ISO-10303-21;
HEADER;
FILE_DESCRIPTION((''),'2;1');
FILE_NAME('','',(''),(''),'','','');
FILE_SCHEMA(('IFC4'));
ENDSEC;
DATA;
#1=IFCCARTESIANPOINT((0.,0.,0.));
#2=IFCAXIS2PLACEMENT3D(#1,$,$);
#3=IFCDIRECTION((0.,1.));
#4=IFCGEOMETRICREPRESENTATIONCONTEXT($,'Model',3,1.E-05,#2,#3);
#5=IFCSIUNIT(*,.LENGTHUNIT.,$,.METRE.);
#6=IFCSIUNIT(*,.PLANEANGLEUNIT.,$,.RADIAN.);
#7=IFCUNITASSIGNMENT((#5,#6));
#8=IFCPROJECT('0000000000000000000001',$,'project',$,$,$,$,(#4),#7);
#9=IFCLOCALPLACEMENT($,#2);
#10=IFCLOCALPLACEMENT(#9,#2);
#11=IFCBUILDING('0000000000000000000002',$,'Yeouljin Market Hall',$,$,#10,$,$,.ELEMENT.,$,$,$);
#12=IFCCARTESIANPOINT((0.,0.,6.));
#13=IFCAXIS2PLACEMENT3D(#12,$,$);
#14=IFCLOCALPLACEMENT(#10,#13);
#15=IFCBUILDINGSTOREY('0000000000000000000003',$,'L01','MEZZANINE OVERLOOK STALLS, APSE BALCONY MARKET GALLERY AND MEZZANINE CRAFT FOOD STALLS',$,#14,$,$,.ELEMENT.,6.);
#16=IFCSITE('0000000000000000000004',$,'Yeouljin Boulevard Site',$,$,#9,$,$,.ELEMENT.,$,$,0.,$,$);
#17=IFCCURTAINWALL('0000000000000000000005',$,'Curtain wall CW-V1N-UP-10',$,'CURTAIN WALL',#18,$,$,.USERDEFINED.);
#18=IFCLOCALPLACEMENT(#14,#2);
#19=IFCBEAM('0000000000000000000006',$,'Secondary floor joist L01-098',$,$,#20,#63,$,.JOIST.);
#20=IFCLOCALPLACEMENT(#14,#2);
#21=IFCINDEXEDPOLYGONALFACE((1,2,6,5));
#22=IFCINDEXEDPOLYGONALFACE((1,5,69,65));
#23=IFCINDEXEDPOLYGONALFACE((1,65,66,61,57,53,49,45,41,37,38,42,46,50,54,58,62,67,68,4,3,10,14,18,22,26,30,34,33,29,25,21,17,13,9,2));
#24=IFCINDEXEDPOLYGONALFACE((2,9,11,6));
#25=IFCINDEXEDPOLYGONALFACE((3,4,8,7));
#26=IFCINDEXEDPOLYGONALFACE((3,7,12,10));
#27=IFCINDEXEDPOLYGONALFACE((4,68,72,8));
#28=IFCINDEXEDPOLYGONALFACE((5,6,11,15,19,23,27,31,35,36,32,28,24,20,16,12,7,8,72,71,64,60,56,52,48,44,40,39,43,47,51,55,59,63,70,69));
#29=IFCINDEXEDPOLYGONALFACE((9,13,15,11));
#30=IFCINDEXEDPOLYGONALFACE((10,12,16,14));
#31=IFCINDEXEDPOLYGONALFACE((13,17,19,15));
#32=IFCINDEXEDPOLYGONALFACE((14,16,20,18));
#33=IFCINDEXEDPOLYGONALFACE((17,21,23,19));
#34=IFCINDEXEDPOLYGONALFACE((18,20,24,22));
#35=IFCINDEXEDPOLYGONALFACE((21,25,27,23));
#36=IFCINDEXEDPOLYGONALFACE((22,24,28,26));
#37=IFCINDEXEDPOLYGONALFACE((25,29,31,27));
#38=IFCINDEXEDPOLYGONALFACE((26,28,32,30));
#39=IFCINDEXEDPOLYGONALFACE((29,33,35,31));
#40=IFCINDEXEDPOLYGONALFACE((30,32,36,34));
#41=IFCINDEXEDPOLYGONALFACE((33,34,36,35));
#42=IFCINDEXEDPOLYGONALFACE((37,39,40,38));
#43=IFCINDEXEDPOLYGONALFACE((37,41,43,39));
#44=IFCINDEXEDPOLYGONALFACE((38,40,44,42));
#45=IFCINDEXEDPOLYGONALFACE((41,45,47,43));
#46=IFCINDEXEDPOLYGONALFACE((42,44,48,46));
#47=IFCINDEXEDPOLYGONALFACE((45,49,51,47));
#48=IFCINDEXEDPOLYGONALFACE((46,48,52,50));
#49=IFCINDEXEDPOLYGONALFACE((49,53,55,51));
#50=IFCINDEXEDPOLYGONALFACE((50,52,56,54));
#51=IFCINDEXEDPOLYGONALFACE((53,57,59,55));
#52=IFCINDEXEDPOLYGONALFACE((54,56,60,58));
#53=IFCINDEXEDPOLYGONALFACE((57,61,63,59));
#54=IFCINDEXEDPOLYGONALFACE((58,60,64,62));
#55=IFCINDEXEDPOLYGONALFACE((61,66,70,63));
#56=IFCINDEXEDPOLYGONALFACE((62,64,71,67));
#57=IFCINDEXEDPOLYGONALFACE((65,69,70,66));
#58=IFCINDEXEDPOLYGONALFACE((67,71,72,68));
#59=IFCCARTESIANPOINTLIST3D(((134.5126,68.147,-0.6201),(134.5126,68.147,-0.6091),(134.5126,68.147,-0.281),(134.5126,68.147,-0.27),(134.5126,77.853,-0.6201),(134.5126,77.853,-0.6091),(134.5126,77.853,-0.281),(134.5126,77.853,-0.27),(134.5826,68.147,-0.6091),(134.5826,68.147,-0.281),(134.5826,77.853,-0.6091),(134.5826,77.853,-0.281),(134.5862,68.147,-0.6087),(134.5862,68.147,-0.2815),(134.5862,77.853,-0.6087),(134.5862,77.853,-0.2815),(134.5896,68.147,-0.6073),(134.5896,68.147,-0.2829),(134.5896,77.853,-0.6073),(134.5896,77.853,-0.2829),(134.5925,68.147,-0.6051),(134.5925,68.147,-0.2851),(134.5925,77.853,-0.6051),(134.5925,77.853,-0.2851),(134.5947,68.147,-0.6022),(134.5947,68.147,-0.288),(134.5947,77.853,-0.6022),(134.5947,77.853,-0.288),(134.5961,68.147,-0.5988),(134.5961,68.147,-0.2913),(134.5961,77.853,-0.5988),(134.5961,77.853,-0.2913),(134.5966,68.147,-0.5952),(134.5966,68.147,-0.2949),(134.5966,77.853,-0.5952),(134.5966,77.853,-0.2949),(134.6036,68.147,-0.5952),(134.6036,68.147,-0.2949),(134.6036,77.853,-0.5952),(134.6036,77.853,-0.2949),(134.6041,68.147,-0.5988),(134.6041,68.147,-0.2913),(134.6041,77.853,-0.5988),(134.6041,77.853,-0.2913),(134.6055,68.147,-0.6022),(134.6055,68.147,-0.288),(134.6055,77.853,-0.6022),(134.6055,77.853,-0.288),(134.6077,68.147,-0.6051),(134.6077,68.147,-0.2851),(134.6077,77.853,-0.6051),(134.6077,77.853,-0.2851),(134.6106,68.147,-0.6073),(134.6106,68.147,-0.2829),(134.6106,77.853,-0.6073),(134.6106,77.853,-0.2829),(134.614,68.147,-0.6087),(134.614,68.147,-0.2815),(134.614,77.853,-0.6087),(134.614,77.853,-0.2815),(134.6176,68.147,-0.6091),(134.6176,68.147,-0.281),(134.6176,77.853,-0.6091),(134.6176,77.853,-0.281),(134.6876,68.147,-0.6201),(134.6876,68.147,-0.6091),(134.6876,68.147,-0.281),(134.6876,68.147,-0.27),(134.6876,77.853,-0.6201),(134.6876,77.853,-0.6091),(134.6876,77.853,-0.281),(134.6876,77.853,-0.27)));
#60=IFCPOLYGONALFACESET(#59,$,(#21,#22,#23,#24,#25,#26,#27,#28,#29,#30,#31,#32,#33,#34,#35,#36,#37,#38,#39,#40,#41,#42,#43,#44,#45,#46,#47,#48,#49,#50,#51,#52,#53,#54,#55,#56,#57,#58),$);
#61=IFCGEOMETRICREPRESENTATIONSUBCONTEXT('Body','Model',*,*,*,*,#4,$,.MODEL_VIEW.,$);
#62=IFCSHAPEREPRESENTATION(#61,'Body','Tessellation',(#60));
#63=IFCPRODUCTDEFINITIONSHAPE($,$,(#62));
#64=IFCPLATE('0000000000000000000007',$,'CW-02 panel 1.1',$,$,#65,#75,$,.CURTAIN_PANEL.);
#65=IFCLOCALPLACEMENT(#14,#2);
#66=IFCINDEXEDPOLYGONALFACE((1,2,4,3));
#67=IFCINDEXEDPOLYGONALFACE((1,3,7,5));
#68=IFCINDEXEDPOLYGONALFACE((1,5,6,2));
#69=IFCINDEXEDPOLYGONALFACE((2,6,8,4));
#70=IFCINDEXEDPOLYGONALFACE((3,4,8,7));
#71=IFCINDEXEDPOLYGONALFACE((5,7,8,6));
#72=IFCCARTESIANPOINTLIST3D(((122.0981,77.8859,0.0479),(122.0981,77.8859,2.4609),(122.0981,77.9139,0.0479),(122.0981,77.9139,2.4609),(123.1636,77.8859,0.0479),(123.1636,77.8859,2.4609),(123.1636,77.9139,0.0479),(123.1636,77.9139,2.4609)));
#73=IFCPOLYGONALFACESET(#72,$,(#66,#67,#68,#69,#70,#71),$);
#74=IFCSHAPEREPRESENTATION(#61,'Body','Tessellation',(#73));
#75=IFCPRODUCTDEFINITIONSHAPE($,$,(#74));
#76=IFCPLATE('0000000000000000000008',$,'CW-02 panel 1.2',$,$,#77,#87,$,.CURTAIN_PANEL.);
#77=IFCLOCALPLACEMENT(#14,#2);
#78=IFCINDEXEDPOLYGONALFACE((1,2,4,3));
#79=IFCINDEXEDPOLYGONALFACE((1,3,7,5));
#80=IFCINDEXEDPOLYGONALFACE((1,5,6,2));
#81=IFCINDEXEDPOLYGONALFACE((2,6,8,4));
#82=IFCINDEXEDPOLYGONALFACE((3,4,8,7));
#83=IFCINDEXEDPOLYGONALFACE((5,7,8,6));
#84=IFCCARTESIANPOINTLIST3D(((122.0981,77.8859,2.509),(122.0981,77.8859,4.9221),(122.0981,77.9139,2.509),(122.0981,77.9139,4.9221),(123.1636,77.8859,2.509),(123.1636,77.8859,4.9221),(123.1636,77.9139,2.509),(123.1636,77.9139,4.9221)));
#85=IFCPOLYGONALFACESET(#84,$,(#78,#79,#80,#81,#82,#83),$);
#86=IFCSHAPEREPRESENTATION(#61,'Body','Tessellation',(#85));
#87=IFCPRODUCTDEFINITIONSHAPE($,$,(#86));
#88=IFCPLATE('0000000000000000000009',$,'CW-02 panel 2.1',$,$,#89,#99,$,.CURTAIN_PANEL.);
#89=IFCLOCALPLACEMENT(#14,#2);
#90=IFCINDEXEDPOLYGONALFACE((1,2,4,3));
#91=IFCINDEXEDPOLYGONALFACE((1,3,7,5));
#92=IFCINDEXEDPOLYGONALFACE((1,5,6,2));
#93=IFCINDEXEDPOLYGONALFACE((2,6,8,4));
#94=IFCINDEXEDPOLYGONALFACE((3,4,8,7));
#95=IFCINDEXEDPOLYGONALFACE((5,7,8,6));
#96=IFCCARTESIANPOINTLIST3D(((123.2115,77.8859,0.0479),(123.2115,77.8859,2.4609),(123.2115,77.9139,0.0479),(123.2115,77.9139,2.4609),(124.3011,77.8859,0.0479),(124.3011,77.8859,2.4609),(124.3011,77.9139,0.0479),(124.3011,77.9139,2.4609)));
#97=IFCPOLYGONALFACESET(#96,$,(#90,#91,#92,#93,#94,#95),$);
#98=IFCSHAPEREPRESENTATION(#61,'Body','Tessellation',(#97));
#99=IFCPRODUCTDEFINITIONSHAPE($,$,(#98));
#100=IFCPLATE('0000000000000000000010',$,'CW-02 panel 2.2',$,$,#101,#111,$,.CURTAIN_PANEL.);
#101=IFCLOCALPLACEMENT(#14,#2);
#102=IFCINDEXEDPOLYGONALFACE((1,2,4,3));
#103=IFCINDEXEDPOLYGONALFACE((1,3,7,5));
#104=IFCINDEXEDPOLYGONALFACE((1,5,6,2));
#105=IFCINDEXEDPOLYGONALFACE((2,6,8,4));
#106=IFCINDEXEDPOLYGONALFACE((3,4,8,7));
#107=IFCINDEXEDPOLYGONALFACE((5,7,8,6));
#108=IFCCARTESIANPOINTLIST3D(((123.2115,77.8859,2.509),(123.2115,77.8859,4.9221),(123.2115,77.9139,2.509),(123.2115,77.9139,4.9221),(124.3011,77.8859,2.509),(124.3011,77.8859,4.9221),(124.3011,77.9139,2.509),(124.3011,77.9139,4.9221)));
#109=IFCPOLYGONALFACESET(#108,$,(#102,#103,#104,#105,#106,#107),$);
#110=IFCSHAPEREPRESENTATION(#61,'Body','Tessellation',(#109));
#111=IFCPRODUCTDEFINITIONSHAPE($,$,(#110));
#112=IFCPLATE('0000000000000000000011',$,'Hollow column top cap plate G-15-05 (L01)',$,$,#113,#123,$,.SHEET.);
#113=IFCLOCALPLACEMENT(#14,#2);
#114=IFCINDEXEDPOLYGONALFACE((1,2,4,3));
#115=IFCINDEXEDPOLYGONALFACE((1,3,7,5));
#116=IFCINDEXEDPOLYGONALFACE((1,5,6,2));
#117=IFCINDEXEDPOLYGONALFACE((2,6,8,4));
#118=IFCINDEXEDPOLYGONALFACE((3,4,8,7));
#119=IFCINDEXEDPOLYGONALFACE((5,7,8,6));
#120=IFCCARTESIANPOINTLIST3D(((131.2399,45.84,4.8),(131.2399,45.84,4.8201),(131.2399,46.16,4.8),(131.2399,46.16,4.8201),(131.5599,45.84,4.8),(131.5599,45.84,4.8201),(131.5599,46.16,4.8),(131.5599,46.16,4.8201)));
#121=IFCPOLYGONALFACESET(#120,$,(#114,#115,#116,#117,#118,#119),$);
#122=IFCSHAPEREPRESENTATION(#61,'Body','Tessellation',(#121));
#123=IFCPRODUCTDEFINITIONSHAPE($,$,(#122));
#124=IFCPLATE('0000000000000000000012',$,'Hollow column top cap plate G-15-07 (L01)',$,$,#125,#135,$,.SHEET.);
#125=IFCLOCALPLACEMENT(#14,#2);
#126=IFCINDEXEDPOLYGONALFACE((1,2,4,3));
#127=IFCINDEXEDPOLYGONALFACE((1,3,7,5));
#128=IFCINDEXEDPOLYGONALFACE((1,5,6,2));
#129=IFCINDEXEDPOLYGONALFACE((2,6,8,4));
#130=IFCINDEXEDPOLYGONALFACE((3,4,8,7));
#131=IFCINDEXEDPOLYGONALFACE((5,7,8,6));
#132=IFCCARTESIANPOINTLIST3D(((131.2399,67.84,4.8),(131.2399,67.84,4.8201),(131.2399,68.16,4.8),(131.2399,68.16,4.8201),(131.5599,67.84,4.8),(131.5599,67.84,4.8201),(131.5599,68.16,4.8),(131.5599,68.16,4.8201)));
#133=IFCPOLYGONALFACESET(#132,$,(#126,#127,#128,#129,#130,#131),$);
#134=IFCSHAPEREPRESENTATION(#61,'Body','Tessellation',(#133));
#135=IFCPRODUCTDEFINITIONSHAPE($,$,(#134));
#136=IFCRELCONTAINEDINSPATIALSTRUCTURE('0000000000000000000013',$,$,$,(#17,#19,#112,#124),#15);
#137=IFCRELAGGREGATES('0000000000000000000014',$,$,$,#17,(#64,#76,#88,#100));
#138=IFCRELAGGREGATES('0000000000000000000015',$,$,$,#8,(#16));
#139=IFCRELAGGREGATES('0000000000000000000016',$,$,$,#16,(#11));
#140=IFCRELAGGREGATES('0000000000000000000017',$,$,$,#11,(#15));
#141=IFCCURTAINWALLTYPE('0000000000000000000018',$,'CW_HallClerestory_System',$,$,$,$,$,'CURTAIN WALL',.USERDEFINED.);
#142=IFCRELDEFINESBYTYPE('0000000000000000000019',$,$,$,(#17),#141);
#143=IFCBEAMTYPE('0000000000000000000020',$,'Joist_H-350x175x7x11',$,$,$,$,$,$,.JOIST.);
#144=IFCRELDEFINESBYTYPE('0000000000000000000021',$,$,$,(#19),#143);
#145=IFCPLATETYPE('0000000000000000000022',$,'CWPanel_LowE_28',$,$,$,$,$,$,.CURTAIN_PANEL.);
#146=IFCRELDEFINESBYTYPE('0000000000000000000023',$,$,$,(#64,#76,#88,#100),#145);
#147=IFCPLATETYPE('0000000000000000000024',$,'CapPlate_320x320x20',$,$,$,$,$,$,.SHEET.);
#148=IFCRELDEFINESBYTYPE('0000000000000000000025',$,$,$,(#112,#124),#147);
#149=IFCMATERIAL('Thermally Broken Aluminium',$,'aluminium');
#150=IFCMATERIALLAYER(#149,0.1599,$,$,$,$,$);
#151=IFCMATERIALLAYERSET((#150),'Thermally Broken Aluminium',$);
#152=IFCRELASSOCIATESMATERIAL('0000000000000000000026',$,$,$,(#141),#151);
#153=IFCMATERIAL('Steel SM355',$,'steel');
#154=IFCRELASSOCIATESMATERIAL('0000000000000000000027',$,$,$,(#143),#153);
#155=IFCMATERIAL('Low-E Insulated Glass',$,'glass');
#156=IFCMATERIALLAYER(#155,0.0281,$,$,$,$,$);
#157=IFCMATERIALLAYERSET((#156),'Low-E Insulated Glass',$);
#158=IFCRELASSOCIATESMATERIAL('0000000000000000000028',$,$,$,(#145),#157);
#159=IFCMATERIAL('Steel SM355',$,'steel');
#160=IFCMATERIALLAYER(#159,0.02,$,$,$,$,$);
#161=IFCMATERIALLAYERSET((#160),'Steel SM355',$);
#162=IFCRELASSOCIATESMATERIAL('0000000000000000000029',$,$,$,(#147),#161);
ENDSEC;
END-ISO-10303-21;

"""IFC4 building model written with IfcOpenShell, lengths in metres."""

from ifc_helpers import new_model, si_unit, direction, frame, origin, origin_2d, place, context, subcontext, project, spatial, rectangle, i_section, extrude, material, layer, layer_set, material_profile, profile_set, type_object, element, aggregate, save


model = new_model("IFC4")

# Units and contexts
model_context = context("Model", 3, precision=1e-05, world=origin(), true_north=direction((0.0, 1.0)))
body_context = subcontext(model_context, "Body", "Model", "MODEL_VIEW")
ifc_project = project(units=[si_unit("LENGTHUNIT", "METRE"), si_unit("PLANEANGLEUNIT", "RADIAN")], contexts=[model_context])

# Site, building, storey
site_placement = place(None, origin())
site = spatial("IfcSite", under=ifc_project, at=site_placement, Name="Yeouljin Boulevard Site", CompositionType="ELEMENT", RefElevation=0.0)
building_placement = place(site_placement, origin())
building = spatial("IfcBuilding", under=site, at=building_placement, Name="Yeouljin Market Hall", CompositionType="ELEMENT")
storey_placement = place(building_placement, frame((0.0, 0.0, 6.0)))
storey = spatial("IfcBuildingStorey", under=building, at=storey_placement, Name="L01", Description="MEZZANINE OVERLOOK STALLS, APSE BALCONY MARKET GALLERY AND MEZZANINE CRAFT FOOD STALLS", CompositionType="ELEMENT", Elevation=6.0)

# Curtain wall
ifc_material_1 = material(Name="Thermally Broken Aluminium", Category="aluminium")
ifc_layer_1 = layer(ifc_material_1, 0.1599)
ifc_layer_set_1 = layer_set([ifc_layer_1], Name="Thermally Broken Aluminium")
curtain_wall_type = type_object("IfcCurtainWallType", Name="CW_HallClerestory_System", ElementType="CURTAIN WALL", PredefinedType="USERDEFINED", material=ifc_layer_set_1)
curtain_wall_placement = place(storey_placement, origin())
curtain_wall = element("IfcCurtainWall", 1, at=curtain_wall_placement, inside=storey, type_object=curtain_wall_type, Name="Curtain wall CW-V1N-UP-10", ObjectType="CURTAIN WALL", PredefinedType="USERDEFINED")

# Beam
ifc_material_2 = material(Name="Steel SM355", Category="steel")
ifc_material_profile_1 = material_profile(ifc_material_2, i_section(OverallWidth=0.175, OverallDepth=0.3501, WebThickness=0.0071, FlangeThickness=0.011, FilletRadius=0.0139, at=origin_2d()), Name="H-350x175x7x11")
ifc_profile_set_1 = profile_set([ifc_material_profile_1], Name="Steel SM355")
beam_type_1 = type_object("IfcBeamType", Name="Joist_H-350x175x7x11", PredefinedType="JOIST", material=ifc_profile_set_1)
for number, where, z_axis, x_axis, name in (
    (2, (134.6001, 68.147, -0.4451), (0.0, 1.0, 0.0), (-1.0, 0.0, 0.0), "Secondary floor joist L01-098"),
):
    element("IfcBeam", number, at=place(storey_placement, frame(where, z_axis=z_axis, x_axis=x_axis)), inside=storey, type_object=beam_type_1, Name=name, PredefinedType="JOIST", context=body_context, shape_type="SweptSolid", body=[
        extrude(i_section(OverallWidth=0.175, OverallDepth=0.3501, WebThickness=0.0071, FlangeThickness=0.011, FilletRadius=0.0139, at=origin_2d()), origin(), (0.0, 0.0, 1.0), 9.7061),
    ])

# Plates
ifc_material_3 = material(Name="Low-E Insulated Glass", Category="glass")
ifc_layer_2 = layer(ifc_material_3, 0.0281)
ifc_layer_set_2 = layer_set([ifc_layer_2], Name="Low-E Insulated Glass")
plate_type_1 = type_object("IfcPlateType", Name="CWPanel_LowE_28", PredefinedType="CURTAIN_PANEL", material=ifc_layer_set_2)
plate_1_placement = place(storey_placement, frame((122.6309, 77.8999, 0.0479), z_axis=(0.0, 0.0, 1.0), x_axis=(1.0, 0.0, 0.0)))
plate_1 = element("IfcPlate", 3, at=plate_1_placement, type_object=plate_type_1, Name="CW-02 panel 1.1", PredefinedType="CURTAIN_PANEL", context=body_context, shape_type="SweptSolid", body=[
    extrude(rectangle(XDim=1.0654, YDim=0.0281, at=origin_2d()), origin(), (0.0, 0.0, 1.0), 2.4131),
])
plate_2_placement = place(storey_placement, frame((122.6309, 77.8999, 2.509), z_axis=(0.0, 0.0, 1.0), x_axis=(1.0, 0.0, 0.0)))
plate_2 = element("IfcPlate", 4, at=plate_2_placement, type_object=plate_type_1, Name="CW-02 panel 1.2", PredefinedType="CURTAIN_PANEL", context=body_context, shape_type="SweptSolid", body=[
    extrude(rectangle(XDim=1.0654, YDim=0.0281, at=origin_2d()), origin(), (0.0, 0.0, 1.0), 2.4131),
])
plate_3_placement = place(storey_placement, frame((123.7563, 77.8999, 0.0479), z_axis=(0.0, 0.0, 1.0), x_axis=(1.0, 0.0, 0.0)))
plate_3 = element("IfcPlate", 5, at=plate_3_placement, type_object=plate_type_1, Name="CW-02 panel 2.1", PredefinedType="CURTAIN_PANEL", context=body_context, shape_type="SweptSolid", body=[
    extrude(rectangle(XDim=1.0896, YDim=0.0281, at=origin_2d()), origin(), (0.0, 0.0, 1.0), 2.4131),
])
plate_4_placement = place(storey_placement, frame((123.7563, 77.8999, 2.509), z_axis=(0.0, 0.0, 1.0), x_axis=(1.0, 0.0, 0.0)))
plate_4 = element("IfcPlate", 6, at=plate_4_placement, type_object=plate_type_1, Name="CW-02 panel 2.2", PredefinedType="CURTAIN_PANEL", context=body_context, shape_type="SweptSolid", body=[
    extrude(rectangle(XDim=1.0896, YDim=0.0281, at=origin_2d()), origin(), (0.0, 0.0, 1.0), 2.4131),
])
aggregate(curtain_wall, [plate_1, plate_2, plate_3, plate_4])

# Plates
ifc_material_4 = material(Name="Steel SM355", Category="steel")
ifc_layer_3 = layer(ifc_material_4, 0.02)
ifc_layer_set_3 = layer_set([ifc_layer_3], Name="Steel SM355")
plate_type_2 = type_object("IfcPlateType", Name="CapPlate_320x320x20", PredefinedType="SHEET", material=ifc_layer_set_3)
for number, where, z_axis, x_axis, name in (
    (7, (131.3999, 46.0, 4.8), (0.0, 0.0, 1.0), (1.0, 0.0, 0.0), "Hollow column top cap plate G-15-05 (L01)"),
    (8, (131.3999, 68.0, 4.8), (0.0, 0.0, 1.0), (1.0, 0.0, 0.0), "Hollow column top cap plate G-15-07 (L01)"),
):
    element("IfcPlate", number, at=place(storey_placement, frame(where, z_axis=z_axis, x_axis=x_axis)), inside=storey, type_object=plate_type_2, Name=name, PredefinedType="SHEET", context=body_context, shape_type="SweptSolid", body=[
        extrude(rectangle(XDim=0.3201, YDim=0.3201, at=origin_2d()), origin(), (0.0, 0.0, 1.0), 0.02),
    ])

save(model, "model.ifc")
